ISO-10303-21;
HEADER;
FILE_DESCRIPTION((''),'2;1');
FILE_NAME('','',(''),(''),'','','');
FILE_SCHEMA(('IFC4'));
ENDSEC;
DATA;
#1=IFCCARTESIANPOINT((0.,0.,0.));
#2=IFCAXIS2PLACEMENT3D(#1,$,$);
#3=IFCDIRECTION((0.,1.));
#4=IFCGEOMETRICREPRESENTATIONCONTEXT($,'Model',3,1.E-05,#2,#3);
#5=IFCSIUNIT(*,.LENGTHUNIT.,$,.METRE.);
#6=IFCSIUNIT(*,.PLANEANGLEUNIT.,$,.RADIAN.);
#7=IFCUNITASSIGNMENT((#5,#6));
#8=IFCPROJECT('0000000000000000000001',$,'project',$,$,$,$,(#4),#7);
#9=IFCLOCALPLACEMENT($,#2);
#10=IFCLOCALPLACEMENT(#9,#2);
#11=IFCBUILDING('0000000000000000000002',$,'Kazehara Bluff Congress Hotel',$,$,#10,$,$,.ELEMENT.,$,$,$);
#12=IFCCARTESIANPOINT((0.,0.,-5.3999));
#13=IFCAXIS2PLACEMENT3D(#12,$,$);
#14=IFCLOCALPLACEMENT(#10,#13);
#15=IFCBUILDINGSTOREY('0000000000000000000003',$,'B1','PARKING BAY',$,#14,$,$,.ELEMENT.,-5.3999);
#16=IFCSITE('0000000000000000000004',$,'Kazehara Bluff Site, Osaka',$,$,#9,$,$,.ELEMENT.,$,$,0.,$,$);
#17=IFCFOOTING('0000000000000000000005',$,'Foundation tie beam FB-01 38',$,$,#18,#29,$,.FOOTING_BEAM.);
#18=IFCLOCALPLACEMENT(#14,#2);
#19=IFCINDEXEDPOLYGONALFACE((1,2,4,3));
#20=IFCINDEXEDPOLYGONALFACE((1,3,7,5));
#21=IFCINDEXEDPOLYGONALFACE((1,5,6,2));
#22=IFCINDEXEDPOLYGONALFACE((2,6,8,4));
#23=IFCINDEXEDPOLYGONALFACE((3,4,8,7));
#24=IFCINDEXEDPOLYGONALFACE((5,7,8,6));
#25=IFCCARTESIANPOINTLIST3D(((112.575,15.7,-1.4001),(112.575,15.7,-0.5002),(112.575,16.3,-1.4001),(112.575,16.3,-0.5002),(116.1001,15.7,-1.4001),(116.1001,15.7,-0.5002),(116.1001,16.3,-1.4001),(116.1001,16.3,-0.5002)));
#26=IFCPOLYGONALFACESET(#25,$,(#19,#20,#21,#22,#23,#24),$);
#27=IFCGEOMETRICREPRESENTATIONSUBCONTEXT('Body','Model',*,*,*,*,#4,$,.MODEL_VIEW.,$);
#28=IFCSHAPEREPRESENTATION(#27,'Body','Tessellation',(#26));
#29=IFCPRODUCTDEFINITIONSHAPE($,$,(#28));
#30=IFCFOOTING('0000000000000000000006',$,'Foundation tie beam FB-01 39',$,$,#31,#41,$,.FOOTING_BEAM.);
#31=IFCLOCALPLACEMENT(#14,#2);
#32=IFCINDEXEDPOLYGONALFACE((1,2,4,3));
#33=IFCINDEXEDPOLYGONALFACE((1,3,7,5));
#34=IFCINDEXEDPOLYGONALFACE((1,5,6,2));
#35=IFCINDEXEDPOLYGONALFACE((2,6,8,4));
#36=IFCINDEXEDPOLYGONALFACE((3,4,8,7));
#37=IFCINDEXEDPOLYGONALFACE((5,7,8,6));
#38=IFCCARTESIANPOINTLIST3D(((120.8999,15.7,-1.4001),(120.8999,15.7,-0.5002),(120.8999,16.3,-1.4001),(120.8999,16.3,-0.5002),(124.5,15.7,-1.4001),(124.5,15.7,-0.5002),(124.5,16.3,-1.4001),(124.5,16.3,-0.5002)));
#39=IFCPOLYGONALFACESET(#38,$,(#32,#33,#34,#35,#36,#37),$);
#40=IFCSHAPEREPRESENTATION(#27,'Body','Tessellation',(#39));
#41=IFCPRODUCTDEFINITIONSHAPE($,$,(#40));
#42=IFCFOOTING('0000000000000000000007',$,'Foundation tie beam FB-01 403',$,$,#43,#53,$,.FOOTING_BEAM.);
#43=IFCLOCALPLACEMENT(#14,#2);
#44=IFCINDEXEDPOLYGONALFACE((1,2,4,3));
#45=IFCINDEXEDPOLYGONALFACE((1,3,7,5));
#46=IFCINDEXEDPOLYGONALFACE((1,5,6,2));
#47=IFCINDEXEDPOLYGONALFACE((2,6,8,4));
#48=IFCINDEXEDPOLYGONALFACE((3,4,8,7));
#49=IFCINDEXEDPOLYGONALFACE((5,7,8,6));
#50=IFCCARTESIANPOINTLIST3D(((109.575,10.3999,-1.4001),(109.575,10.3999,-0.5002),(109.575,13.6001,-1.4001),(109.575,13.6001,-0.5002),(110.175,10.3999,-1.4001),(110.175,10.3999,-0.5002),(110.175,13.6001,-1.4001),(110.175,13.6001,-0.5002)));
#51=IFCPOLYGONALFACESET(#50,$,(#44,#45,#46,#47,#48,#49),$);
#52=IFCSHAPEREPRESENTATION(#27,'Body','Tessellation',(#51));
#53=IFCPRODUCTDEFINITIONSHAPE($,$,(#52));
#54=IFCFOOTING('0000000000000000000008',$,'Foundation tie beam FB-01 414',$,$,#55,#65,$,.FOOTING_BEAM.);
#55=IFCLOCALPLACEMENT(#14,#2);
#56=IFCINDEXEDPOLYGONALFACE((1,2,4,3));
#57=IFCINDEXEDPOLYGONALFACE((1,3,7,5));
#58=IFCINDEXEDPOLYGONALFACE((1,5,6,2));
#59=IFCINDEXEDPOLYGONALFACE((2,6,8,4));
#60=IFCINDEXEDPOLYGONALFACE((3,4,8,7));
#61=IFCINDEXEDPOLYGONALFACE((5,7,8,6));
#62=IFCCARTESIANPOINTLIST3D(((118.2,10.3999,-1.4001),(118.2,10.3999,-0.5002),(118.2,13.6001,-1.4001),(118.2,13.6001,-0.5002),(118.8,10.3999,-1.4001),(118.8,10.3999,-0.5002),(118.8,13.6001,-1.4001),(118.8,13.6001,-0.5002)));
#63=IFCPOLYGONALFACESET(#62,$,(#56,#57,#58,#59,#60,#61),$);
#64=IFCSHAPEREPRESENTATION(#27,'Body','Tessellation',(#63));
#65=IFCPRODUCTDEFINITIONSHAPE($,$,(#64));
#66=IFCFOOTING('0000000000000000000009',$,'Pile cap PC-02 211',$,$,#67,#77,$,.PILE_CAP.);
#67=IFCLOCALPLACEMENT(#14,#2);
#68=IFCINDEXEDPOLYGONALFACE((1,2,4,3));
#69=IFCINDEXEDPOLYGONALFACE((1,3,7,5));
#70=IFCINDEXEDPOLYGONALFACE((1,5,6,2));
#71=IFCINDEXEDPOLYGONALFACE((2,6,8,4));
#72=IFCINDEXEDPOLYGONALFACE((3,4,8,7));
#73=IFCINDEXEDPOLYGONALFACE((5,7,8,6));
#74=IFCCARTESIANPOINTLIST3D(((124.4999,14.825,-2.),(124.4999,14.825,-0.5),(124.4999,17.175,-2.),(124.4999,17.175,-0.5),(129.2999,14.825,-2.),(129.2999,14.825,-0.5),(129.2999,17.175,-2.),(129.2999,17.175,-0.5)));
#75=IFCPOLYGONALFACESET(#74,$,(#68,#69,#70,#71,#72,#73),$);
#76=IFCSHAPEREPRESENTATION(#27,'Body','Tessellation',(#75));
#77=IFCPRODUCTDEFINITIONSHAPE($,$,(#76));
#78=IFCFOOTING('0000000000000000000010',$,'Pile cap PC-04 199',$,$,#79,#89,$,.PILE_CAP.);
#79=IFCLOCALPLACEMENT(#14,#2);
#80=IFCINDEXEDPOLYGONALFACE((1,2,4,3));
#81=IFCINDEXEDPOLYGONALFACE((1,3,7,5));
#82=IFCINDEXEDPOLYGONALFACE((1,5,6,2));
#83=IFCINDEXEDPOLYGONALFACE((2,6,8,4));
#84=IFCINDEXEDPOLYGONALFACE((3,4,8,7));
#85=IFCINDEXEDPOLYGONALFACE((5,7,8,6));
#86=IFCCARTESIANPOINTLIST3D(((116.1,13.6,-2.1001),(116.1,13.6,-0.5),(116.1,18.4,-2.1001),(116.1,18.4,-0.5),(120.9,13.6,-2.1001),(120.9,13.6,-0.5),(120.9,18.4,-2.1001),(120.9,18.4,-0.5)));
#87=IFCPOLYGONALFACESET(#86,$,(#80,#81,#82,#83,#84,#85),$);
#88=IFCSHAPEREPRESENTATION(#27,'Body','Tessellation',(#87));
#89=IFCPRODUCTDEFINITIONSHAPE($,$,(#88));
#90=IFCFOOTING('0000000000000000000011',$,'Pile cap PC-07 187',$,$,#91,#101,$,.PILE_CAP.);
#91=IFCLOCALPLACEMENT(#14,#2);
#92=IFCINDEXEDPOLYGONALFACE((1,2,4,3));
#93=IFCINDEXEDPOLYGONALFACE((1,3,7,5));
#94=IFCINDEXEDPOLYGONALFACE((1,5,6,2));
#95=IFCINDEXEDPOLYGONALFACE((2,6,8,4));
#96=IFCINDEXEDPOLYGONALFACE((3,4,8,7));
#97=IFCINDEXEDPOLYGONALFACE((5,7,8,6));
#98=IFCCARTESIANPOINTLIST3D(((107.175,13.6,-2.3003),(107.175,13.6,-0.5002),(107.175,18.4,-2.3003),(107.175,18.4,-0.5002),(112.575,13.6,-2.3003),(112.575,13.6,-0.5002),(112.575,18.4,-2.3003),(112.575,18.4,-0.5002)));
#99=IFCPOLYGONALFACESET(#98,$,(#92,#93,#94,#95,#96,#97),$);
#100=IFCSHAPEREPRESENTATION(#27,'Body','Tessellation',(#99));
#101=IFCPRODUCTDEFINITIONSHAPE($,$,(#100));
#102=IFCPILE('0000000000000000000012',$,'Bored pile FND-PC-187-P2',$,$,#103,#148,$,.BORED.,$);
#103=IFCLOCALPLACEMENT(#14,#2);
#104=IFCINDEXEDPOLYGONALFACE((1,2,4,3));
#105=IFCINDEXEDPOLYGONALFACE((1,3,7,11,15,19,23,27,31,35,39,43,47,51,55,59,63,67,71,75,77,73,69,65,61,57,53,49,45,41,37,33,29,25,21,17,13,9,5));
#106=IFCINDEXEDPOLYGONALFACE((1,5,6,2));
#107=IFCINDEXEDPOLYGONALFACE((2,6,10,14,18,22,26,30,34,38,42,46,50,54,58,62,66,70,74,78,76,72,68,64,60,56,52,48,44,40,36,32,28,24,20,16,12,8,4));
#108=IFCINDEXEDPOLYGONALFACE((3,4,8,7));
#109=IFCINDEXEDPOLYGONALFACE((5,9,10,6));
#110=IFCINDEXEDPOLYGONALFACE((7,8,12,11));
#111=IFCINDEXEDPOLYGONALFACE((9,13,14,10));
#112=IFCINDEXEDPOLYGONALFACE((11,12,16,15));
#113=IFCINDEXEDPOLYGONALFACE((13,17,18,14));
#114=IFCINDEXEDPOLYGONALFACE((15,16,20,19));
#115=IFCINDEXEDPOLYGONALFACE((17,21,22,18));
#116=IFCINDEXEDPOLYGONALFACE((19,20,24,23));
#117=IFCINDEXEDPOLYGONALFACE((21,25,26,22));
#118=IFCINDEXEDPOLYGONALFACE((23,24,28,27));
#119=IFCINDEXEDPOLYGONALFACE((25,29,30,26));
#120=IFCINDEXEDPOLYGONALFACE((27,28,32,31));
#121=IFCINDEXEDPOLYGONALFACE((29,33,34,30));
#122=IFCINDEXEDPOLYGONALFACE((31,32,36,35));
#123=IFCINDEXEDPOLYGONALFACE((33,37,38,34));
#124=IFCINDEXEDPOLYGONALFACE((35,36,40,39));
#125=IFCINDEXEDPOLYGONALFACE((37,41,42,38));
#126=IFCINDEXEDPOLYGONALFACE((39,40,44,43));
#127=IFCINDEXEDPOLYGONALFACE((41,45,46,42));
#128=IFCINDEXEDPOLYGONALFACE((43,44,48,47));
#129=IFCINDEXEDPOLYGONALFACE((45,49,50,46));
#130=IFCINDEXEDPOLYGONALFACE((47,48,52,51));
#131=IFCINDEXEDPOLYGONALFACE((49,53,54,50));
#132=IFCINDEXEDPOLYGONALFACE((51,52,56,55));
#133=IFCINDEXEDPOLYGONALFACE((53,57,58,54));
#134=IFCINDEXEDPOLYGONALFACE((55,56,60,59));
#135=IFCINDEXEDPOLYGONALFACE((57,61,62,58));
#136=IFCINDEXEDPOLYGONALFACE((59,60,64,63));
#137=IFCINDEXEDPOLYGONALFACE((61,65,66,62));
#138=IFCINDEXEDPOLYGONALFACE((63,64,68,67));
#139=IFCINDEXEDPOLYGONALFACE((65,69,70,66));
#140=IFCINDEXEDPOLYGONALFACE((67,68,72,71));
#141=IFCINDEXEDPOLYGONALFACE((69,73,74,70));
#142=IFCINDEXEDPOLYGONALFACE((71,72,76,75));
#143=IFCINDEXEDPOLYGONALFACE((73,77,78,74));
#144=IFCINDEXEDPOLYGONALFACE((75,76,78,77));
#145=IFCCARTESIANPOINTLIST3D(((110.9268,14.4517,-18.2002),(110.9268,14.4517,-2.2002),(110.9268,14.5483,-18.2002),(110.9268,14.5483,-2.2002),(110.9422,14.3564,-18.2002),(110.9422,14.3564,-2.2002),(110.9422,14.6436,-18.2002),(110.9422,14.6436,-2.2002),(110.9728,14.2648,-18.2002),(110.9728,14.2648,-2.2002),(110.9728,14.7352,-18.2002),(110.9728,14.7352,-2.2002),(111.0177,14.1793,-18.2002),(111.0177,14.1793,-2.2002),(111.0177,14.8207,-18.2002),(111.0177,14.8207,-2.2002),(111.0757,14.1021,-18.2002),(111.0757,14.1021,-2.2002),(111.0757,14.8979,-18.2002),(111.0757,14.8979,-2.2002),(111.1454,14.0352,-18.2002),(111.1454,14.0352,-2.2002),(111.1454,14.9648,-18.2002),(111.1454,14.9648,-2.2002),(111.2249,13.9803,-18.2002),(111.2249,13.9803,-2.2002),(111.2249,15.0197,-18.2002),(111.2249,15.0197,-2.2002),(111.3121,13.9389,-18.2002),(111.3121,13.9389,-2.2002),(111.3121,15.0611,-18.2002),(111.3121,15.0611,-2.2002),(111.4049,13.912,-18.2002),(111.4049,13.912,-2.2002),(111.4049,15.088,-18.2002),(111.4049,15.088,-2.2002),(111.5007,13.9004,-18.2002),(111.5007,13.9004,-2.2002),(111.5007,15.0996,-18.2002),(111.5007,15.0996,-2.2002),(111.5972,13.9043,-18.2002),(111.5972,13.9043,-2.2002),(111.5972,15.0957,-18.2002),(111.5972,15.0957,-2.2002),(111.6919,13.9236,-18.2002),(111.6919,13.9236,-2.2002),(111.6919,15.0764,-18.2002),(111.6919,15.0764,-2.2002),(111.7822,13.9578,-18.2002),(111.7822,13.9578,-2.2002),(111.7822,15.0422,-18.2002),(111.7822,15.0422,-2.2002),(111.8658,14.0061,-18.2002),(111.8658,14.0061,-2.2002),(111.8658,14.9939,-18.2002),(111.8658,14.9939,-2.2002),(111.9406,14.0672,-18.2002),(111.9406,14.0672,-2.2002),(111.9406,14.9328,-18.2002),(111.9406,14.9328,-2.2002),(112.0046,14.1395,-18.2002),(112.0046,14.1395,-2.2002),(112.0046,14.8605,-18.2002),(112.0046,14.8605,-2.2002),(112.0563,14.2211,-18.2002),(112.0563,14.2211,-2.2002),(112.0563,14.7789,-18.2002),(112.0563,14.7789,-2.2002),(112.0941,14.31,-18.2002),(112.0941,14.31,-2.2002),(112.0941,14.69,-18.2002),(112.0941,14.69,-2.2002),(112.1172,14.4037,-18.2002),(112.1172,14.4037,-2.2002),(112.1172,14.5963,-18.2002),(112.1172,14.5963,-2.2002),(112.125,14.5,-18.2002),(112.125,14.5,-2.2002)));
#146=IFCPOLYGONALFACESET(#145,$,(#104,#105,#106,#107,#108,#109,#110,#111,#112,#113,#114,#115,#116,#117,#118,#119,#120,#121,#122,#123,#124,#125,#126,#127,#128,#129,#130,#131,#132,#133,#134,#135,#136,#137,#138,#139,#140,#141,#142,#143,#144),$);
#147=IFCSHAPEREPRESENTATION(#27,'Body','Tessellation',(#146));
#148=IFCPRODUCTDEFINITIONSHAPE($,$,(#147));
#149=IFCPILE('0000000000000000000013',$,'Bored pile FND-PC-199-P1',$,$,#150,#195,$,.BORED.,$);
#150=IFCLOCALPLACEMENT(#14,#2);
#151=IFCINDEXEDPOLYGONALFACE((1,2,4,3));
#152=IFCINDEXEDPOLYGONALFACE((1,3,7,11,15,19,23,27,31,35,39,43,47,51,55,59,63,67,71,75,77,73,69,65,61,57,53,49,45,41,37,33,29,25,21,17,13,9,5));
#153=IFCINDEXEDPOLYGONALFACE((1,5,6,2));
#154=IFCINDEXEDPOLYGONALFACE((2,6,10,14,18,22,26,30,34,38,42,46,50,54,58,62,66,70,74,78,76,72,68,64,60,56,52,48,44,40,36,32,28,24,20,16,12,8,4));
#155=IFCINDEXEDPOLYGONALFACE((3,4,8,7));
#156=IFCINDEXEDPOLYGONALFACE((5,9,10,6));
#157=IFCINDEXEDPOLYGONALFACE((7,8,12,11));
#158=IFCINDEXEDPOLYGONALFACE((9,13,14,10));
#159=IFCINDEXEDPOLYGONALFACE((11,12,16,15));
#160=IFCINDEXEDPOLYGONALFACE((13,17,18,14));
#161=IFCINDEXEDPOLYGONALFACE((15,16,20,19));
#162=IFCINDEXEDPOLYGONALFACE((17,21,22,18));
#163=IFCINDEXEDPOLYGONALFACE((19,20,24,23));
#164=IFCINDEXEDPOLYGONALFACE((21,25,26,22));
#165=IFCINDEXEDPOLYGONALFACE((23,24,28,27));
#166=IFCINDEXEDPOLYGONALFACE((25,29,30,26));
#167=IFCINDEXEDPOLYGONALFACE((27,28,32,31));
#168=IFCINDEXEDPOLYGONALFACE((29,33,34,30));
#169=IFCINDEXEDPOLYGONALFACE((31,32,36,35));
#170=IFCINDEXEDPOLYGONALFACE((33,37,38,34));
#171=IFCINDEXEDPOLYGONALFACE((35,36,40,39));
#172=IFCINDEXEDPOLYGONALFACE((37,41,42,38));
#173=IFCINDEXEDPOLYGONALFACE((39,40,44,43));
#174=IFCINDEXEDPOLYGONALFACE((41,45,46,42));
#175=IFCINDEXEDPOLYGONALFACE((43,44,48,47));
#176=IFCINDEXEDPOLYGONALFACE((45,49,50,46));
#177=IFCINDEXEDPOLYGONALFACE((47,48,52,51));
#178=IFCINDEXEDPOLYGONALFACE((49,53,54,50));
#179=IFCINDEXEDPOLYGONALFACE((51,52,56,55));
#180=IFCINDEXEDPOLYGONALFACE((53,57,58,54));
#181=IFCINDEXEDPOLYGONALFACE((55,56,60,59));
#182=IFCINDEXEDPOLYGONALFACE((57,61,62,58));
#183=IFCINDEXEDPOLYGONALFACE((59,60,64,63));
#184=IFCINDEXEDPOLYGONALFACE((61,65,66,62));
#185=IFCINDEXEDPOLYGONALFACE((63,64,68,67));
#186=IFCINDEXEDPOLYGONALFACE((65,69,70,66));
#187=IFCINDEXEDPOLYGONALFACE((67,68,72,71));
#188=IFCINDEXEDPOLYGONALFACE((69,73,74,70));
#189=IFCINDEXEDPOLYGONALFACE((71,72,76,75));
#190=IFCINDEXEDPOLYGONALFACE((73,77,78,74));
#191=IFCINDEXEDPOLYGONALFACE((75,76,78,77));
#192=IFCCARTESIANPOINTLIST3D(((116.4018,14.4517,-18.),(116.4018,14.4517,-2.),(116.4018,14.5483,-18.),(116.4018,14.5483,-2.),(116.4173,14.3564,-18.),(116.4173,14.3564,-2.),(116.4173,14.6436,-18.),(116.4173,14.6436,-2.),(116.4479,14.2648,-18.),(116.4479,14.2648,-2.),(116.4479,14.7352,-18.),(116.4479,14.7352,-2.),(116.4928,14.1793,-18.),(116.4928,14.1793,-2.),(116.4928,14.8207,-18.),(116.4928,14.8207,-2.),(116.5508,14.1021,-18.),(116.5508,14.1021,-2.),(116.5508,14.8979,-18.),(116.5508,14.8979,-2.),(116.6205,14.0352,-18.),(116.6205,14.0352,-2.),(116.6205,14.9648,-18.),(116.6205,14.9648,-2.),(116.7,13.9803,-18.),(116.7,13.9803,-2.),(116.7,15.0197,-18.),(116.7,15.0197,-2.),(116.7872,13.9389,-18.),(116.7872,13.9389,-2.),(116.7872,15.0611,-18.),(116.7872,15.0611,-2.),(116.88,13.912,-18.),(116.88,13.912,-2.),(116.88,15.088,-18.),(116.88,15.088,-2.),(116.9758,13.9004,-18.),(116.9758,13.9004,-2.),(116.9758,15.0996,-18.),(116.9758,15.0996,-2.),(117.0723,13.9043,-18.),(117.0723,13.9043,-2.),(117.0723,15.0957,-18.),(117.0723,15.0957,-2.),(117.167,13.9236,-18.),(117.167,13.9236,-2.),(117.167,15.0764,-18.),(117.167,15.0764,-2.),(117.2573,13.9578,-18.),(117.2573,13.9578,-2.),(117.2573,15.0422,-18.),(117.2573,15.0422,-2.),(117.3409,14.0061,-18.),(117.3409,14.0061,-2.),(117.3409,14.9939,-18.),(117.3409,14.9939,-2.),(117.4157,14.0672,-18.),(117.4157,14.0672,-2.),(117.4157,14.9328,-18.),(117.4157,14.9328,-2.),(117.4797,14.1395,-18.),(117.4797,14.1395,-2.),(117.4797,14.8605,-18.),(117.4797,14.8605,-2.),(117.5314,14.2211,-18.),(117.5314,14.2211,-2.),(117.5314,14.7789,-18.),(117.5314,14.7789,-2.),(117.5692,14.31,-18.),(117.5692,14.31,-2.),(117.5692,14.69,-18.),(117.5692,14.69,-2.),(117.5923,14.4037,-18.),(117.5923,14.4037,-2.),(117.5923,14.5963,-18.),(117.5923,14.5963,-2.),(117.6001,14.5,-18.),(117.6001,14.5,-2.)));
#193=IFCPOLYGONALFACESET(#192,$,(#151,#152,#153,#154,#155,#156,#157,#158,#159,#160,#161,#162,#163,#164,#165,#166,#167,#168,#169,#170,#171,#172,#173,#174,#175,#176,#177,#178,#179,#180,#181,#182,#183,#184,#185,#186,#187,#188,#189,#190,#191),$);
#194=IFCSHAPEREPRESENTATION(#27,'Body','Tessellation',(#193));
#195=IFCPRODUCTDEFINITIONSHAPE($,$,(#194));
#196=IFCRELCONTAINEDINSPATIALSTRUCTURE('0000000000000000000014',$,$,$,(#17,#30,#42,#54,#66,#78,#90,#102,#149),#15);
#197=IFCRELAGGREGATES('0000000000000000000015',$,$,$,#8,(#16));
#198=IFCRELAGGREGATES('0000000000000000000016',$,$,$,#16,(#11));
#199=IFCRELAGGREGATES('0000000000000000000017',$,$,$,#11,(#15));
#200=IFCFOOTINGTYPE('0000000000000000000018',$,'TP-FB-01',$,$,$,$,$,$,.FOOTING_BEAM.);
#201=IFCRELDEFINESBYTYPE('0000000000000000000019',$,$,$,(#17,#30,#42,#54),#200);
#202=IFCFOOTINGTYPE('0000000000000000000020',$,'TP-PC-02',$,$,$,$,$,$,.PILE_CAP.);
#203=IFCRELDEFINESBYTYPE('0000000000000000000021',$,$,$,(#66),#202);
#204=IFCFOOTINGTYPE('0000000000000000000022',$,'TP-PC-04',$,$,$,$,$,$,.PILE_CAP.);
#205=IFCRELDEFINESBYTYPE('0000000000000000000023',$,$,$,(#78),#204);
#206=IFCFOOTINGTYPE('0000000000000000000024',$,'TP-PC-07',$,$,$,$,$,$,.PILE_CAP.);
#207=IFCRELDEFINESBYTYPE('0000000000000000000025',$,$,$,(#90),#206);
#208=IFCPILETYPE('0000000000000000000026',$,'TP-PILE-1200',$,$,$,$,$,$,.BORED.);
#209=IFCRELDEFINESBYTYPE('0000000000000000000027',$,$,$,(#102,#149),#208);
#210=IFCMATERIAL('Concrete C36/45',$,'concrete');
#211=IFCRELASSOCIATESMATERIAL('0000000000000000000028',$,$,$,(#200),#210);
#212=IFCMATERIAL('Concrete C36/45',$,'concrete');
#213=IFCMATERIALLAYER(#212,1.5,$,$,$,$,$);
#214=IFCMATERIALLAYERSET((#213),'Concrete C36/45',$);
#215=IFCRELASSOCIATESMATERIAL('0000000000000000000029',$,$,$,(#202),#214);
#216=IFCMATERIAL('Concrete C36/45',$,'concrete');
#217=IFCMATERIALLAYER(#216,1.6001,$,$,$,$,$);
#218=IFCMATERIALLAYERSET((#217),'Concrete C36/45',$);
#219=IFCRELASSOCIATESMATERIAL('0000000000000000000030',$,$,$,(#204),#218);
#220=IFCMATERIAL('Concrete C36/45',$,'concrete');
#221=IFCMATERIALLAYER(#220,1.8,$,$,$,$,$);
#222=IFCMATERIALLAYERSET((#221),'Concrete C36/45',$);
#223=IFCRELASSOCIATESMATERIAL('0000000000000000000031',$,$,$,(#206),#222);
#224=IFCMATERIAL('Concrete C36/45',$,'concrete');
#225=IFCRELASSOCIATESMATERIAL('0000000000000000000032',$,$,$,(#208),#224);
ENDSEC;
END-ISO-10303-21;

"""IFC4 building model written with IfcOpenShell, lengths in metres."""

from ifc_helpers import new_model, si_unit, direction, frame, origin, origin_2d, place, context, subcontext, project, spatial, rectangle, circle, extrude, material, layer, layer_set, material_profile, profile_set, type_object, element, save


model = new_model("IFC4")

# Units and contexts
model_context = context("Model", 3, precision=1e-05, world=origin(), true_north=direction((0.0, 1.0)))
body_context = subcontext(model_context, "Body", "Model", "MODEL_VIEW")
ifc_project = project(units=[si_unit("LENGTHUNIT", "METRE"), si_unit("PLANEANGLEUNIT", "RADIAN")], contexts=[model_context])

# Site, building, storey
site_placement = place(None, origin())
site = spatial("IfcSite", under=ifc_project, at=site_placement, Name="Kazehara Bluff Site, Osaka", CompositionType="ELEMENT", RefElevation=0.0)
building_placement = place(site_placement, origin())
building = spatial("IfcBuilding", under=site, at=building_placement, Name="Kazehara Bluff Congress Hotel", CompositionType="ELEMENT")
storey_placement = place(building_placement, frame((0.0, 0.0, -5.3999)))
storey = spatial("IfcBuildingStorey", under=building, at=storey_placement, Name="B1", Description="PARKING BAY", CompositionType="ELEMENT", Elevation=-5.3999)

# Footings
ifc_material_1 = material(Name="Concrete C36/45", Category="concrete")
ifc_material_profile_1 = material_profile(ifc_material_1, rectangle(XDim=0.6001, YDim=0.8999, at=origin_2d()))
ifc_profile_set_1 = profile_set([ifc_material_profile_1], Name="Concrete C36/45")
footing_type_1 = type_object("IfcFootingType", Name="TP-FB-01", PredefinedType="FOOTING_BEAM", material=ifc_profile_set_1)
footing_1_placement = place(storey_placement, frame((112.575, 16.0, -0.9502), z_axis=(1.0, 0.0, 0.0), x_axis=(0.0, 1.0, 0.0)))
element("IfcFooting", 1, at=footing_1_placement, inside=storey, type_object=footing_type_1, Name="Foundation tie beam FB-01 38", PredefinedType="FOOTING_BEAM", context=body_context, shape_type="SweptSolid", body=[
    extrude(rectangle(XDim=0.6001, YDim=0.8999, at=origin_2d()), origin(), (0.0, 0.0, 1.0), 3.5251),
])
footing_2_placement = place(storey_placement, frame((120.8999, 16.0, -0.9502), z_axis=(1.0, 0.0, 0.0), x_axis=(0.0, 1.0, 0.0)))
element("IfcFooting", 2, at=footing_2_placement, inside=storey, type_object=footing_type_1, Name="Foundation tie beam FB-01 39", PredefinedType="FOOTING_BEAM", context=body_context, shape_type="SweptSolid", body=[
    extrude(rectangle(XDim=0.6001, YDim=0.8999, at=origin_2d()), origin(), (0.0, 0.0, 1.0), 3.6001),
])
for number, where, z_axis, x_axis, name in (
    (3, (109.875, 10.3999, -0.9502), (0.0, 1.0, 0.0), (-1.0, 0.0, 0.0), "Foundation tie beam FB-01 403"),
    (4, (118.5, 10.3999, -0.9502), (0.0, 1.0, 0.0), (-1.0, 0.0, 0.0), "Foundation tie beam FB-01 414"),
):
    element("IfcFooting", number, at=place(storey_placement, frame(where, z_axis=z_axis, x_axis=x_axis)), inside=storey, type_object=footing_type_1, Name=name, PredefinedType="FOOTING_BEAM", context=body_context, shape_type="SweptSolid", body=[
        extrude(rectangle(XDim=0.6001, YDim=0.8999, at=origin_2d()), origin(), (0.0, 0.0, 1.0), 3.2002),
    ])
ifc_material_2 = material(Name="Concrete C36/45", Category="concrete")
ifc_layer_1 = layer(ifc_material_2, 1.5)
ifc_layer_set_1 = layer_set([ifc_layer_1], Name="Concrete C36/45")
footing_type_2 = type_object("IfcFootingType", Name="TP-PC-02", PredefinedType="PILE_CAP", material=ifc_layer_set_1)
footing_3_placement = place(storey_placement, frame((126.8999, 16.0, -2.0), z_axis=(0.0, 0.0, 1.0), x_axis=(1.0, 0.0, 0.0)))
element("IfcFooting", 5, at=footing_3_placement, inside=storey, type_object=footing_type_2, Name="Pile cap PC-02 211", PredefinedType="PILE_CAP", context=body_context, shape_type="SweptSolid", body=[
    extrude(rectangle(XDim=4.8, YDim=2.3501, at=origin_2d()), origin(), (0.0, 0.0, 1.0), 1.5),
])
ifc_material_3 = material(Name="Concrete C36/45", Category="concrete")
ifc_layer_2 = layer(ifc_material_3, 1.6001)
ifc_layer_set_2 = layer_set([ifc_layer_2], Name="Concrete C36/45")
footing_type_3 = type_object("IfcFootingType", Name="TP-PC-04", PredefinedType="PILE_CAP", material=ifc_layer_set_2)
footing_4_placement = place(storey_placement, frame((118.5, 16.0, -2.1001), z_axis=(0.0, 0.0, 1.0), x_axis=(1.0, 0.0, 0.0)))
element("IfcFooting", 6, at=footing_4_placement, inside=storey, type_object=footing_type_3, Name="Pile cap PC-04 199", PredefinedType="PILE_CAP", context=body_context, shape_type="SweptSolid", body=[
    extrude(rectangle(XDim=4.8, YDim=4.8, at=origin_2d()), origin(), (0.0, 0.0, 1.0), 1.6001),
])
ifc_material_4 = material(Name="Concrete C36/45", Category="concrete")
ifc_layer_3 = layer(ifc_material_4, 1.8)
ifc_layer_set_3 = layer_set([ifc_layer_3], Name="Concrete C36/45")
footing_type_4 = type_object("IfcFootingType", Name="TP-PC-07", PredefinedType="PILE_CAP", material=ifc_layer_set_3)
footing_5_placement = place(storey_placement, frame((109.875, 16.0, -2.3003), z_axis=(0.0, 0.0, 1.0), x_axis=(1.0, 0.0, 0.0)))
element("IfcFooting", 7, at=footing_5_placement, inside=storey, type_object=footing_type_4, Name="Pile cap PC-07 187", PredefinedType="PILE_CAP", context=body_context, shape_type="SweptSolid", body=[
    extrude(rectangle(XDim=5.3999, YDim=4.8, at=origin_2d()), origin(), (0.0, 0.0, 1.0), 1.8),
])

# Piles
ifc_material_5 = material(Name="Concrete C36/45", Category="concrete")
ifc_material_profile_2 = material_profile(ifc_material_5, circle(Radius=0.6001, at=origin_2d()))
ifc_profile_set_2 = profile_set([ifc_material_profile_2], Name="Concrete C36/45")
pile_type = type_object("IfcPileType", Name="TP-PILE-1200", PredefinedType="BORED", material=ifc_profile_set_2)
for number, where, z_axis, x_axis, name in (
    (8, (111.5249, 14.5, -2.2002), (0.0, 0.0, -1.0), (1.0, 0.0, 0.0), "Bored pile FND-PC-187-P2"),
    (9, (117.0, 14.5, -2.0), (0.0, 0.0, -1.0), (1.0, 0.0, 0.0), "Bored pile FND-PC-199-P1"),
):
    element("IfcPile", number, at=place(storey_placement, frame(where, z_axis=z_axis, x_axis=x_axis)), inside=storey, type_object=pile_type, Name=name, PredefinedType="BORED", context=body_context, shape_type="SweptSolid", body=[
        extrude(circle(Radius=0.6001, at=origin_2d()), origin(), (0.0, 0.0, 1.0), 16.0),
    ])

save(model, "model.ifc")
